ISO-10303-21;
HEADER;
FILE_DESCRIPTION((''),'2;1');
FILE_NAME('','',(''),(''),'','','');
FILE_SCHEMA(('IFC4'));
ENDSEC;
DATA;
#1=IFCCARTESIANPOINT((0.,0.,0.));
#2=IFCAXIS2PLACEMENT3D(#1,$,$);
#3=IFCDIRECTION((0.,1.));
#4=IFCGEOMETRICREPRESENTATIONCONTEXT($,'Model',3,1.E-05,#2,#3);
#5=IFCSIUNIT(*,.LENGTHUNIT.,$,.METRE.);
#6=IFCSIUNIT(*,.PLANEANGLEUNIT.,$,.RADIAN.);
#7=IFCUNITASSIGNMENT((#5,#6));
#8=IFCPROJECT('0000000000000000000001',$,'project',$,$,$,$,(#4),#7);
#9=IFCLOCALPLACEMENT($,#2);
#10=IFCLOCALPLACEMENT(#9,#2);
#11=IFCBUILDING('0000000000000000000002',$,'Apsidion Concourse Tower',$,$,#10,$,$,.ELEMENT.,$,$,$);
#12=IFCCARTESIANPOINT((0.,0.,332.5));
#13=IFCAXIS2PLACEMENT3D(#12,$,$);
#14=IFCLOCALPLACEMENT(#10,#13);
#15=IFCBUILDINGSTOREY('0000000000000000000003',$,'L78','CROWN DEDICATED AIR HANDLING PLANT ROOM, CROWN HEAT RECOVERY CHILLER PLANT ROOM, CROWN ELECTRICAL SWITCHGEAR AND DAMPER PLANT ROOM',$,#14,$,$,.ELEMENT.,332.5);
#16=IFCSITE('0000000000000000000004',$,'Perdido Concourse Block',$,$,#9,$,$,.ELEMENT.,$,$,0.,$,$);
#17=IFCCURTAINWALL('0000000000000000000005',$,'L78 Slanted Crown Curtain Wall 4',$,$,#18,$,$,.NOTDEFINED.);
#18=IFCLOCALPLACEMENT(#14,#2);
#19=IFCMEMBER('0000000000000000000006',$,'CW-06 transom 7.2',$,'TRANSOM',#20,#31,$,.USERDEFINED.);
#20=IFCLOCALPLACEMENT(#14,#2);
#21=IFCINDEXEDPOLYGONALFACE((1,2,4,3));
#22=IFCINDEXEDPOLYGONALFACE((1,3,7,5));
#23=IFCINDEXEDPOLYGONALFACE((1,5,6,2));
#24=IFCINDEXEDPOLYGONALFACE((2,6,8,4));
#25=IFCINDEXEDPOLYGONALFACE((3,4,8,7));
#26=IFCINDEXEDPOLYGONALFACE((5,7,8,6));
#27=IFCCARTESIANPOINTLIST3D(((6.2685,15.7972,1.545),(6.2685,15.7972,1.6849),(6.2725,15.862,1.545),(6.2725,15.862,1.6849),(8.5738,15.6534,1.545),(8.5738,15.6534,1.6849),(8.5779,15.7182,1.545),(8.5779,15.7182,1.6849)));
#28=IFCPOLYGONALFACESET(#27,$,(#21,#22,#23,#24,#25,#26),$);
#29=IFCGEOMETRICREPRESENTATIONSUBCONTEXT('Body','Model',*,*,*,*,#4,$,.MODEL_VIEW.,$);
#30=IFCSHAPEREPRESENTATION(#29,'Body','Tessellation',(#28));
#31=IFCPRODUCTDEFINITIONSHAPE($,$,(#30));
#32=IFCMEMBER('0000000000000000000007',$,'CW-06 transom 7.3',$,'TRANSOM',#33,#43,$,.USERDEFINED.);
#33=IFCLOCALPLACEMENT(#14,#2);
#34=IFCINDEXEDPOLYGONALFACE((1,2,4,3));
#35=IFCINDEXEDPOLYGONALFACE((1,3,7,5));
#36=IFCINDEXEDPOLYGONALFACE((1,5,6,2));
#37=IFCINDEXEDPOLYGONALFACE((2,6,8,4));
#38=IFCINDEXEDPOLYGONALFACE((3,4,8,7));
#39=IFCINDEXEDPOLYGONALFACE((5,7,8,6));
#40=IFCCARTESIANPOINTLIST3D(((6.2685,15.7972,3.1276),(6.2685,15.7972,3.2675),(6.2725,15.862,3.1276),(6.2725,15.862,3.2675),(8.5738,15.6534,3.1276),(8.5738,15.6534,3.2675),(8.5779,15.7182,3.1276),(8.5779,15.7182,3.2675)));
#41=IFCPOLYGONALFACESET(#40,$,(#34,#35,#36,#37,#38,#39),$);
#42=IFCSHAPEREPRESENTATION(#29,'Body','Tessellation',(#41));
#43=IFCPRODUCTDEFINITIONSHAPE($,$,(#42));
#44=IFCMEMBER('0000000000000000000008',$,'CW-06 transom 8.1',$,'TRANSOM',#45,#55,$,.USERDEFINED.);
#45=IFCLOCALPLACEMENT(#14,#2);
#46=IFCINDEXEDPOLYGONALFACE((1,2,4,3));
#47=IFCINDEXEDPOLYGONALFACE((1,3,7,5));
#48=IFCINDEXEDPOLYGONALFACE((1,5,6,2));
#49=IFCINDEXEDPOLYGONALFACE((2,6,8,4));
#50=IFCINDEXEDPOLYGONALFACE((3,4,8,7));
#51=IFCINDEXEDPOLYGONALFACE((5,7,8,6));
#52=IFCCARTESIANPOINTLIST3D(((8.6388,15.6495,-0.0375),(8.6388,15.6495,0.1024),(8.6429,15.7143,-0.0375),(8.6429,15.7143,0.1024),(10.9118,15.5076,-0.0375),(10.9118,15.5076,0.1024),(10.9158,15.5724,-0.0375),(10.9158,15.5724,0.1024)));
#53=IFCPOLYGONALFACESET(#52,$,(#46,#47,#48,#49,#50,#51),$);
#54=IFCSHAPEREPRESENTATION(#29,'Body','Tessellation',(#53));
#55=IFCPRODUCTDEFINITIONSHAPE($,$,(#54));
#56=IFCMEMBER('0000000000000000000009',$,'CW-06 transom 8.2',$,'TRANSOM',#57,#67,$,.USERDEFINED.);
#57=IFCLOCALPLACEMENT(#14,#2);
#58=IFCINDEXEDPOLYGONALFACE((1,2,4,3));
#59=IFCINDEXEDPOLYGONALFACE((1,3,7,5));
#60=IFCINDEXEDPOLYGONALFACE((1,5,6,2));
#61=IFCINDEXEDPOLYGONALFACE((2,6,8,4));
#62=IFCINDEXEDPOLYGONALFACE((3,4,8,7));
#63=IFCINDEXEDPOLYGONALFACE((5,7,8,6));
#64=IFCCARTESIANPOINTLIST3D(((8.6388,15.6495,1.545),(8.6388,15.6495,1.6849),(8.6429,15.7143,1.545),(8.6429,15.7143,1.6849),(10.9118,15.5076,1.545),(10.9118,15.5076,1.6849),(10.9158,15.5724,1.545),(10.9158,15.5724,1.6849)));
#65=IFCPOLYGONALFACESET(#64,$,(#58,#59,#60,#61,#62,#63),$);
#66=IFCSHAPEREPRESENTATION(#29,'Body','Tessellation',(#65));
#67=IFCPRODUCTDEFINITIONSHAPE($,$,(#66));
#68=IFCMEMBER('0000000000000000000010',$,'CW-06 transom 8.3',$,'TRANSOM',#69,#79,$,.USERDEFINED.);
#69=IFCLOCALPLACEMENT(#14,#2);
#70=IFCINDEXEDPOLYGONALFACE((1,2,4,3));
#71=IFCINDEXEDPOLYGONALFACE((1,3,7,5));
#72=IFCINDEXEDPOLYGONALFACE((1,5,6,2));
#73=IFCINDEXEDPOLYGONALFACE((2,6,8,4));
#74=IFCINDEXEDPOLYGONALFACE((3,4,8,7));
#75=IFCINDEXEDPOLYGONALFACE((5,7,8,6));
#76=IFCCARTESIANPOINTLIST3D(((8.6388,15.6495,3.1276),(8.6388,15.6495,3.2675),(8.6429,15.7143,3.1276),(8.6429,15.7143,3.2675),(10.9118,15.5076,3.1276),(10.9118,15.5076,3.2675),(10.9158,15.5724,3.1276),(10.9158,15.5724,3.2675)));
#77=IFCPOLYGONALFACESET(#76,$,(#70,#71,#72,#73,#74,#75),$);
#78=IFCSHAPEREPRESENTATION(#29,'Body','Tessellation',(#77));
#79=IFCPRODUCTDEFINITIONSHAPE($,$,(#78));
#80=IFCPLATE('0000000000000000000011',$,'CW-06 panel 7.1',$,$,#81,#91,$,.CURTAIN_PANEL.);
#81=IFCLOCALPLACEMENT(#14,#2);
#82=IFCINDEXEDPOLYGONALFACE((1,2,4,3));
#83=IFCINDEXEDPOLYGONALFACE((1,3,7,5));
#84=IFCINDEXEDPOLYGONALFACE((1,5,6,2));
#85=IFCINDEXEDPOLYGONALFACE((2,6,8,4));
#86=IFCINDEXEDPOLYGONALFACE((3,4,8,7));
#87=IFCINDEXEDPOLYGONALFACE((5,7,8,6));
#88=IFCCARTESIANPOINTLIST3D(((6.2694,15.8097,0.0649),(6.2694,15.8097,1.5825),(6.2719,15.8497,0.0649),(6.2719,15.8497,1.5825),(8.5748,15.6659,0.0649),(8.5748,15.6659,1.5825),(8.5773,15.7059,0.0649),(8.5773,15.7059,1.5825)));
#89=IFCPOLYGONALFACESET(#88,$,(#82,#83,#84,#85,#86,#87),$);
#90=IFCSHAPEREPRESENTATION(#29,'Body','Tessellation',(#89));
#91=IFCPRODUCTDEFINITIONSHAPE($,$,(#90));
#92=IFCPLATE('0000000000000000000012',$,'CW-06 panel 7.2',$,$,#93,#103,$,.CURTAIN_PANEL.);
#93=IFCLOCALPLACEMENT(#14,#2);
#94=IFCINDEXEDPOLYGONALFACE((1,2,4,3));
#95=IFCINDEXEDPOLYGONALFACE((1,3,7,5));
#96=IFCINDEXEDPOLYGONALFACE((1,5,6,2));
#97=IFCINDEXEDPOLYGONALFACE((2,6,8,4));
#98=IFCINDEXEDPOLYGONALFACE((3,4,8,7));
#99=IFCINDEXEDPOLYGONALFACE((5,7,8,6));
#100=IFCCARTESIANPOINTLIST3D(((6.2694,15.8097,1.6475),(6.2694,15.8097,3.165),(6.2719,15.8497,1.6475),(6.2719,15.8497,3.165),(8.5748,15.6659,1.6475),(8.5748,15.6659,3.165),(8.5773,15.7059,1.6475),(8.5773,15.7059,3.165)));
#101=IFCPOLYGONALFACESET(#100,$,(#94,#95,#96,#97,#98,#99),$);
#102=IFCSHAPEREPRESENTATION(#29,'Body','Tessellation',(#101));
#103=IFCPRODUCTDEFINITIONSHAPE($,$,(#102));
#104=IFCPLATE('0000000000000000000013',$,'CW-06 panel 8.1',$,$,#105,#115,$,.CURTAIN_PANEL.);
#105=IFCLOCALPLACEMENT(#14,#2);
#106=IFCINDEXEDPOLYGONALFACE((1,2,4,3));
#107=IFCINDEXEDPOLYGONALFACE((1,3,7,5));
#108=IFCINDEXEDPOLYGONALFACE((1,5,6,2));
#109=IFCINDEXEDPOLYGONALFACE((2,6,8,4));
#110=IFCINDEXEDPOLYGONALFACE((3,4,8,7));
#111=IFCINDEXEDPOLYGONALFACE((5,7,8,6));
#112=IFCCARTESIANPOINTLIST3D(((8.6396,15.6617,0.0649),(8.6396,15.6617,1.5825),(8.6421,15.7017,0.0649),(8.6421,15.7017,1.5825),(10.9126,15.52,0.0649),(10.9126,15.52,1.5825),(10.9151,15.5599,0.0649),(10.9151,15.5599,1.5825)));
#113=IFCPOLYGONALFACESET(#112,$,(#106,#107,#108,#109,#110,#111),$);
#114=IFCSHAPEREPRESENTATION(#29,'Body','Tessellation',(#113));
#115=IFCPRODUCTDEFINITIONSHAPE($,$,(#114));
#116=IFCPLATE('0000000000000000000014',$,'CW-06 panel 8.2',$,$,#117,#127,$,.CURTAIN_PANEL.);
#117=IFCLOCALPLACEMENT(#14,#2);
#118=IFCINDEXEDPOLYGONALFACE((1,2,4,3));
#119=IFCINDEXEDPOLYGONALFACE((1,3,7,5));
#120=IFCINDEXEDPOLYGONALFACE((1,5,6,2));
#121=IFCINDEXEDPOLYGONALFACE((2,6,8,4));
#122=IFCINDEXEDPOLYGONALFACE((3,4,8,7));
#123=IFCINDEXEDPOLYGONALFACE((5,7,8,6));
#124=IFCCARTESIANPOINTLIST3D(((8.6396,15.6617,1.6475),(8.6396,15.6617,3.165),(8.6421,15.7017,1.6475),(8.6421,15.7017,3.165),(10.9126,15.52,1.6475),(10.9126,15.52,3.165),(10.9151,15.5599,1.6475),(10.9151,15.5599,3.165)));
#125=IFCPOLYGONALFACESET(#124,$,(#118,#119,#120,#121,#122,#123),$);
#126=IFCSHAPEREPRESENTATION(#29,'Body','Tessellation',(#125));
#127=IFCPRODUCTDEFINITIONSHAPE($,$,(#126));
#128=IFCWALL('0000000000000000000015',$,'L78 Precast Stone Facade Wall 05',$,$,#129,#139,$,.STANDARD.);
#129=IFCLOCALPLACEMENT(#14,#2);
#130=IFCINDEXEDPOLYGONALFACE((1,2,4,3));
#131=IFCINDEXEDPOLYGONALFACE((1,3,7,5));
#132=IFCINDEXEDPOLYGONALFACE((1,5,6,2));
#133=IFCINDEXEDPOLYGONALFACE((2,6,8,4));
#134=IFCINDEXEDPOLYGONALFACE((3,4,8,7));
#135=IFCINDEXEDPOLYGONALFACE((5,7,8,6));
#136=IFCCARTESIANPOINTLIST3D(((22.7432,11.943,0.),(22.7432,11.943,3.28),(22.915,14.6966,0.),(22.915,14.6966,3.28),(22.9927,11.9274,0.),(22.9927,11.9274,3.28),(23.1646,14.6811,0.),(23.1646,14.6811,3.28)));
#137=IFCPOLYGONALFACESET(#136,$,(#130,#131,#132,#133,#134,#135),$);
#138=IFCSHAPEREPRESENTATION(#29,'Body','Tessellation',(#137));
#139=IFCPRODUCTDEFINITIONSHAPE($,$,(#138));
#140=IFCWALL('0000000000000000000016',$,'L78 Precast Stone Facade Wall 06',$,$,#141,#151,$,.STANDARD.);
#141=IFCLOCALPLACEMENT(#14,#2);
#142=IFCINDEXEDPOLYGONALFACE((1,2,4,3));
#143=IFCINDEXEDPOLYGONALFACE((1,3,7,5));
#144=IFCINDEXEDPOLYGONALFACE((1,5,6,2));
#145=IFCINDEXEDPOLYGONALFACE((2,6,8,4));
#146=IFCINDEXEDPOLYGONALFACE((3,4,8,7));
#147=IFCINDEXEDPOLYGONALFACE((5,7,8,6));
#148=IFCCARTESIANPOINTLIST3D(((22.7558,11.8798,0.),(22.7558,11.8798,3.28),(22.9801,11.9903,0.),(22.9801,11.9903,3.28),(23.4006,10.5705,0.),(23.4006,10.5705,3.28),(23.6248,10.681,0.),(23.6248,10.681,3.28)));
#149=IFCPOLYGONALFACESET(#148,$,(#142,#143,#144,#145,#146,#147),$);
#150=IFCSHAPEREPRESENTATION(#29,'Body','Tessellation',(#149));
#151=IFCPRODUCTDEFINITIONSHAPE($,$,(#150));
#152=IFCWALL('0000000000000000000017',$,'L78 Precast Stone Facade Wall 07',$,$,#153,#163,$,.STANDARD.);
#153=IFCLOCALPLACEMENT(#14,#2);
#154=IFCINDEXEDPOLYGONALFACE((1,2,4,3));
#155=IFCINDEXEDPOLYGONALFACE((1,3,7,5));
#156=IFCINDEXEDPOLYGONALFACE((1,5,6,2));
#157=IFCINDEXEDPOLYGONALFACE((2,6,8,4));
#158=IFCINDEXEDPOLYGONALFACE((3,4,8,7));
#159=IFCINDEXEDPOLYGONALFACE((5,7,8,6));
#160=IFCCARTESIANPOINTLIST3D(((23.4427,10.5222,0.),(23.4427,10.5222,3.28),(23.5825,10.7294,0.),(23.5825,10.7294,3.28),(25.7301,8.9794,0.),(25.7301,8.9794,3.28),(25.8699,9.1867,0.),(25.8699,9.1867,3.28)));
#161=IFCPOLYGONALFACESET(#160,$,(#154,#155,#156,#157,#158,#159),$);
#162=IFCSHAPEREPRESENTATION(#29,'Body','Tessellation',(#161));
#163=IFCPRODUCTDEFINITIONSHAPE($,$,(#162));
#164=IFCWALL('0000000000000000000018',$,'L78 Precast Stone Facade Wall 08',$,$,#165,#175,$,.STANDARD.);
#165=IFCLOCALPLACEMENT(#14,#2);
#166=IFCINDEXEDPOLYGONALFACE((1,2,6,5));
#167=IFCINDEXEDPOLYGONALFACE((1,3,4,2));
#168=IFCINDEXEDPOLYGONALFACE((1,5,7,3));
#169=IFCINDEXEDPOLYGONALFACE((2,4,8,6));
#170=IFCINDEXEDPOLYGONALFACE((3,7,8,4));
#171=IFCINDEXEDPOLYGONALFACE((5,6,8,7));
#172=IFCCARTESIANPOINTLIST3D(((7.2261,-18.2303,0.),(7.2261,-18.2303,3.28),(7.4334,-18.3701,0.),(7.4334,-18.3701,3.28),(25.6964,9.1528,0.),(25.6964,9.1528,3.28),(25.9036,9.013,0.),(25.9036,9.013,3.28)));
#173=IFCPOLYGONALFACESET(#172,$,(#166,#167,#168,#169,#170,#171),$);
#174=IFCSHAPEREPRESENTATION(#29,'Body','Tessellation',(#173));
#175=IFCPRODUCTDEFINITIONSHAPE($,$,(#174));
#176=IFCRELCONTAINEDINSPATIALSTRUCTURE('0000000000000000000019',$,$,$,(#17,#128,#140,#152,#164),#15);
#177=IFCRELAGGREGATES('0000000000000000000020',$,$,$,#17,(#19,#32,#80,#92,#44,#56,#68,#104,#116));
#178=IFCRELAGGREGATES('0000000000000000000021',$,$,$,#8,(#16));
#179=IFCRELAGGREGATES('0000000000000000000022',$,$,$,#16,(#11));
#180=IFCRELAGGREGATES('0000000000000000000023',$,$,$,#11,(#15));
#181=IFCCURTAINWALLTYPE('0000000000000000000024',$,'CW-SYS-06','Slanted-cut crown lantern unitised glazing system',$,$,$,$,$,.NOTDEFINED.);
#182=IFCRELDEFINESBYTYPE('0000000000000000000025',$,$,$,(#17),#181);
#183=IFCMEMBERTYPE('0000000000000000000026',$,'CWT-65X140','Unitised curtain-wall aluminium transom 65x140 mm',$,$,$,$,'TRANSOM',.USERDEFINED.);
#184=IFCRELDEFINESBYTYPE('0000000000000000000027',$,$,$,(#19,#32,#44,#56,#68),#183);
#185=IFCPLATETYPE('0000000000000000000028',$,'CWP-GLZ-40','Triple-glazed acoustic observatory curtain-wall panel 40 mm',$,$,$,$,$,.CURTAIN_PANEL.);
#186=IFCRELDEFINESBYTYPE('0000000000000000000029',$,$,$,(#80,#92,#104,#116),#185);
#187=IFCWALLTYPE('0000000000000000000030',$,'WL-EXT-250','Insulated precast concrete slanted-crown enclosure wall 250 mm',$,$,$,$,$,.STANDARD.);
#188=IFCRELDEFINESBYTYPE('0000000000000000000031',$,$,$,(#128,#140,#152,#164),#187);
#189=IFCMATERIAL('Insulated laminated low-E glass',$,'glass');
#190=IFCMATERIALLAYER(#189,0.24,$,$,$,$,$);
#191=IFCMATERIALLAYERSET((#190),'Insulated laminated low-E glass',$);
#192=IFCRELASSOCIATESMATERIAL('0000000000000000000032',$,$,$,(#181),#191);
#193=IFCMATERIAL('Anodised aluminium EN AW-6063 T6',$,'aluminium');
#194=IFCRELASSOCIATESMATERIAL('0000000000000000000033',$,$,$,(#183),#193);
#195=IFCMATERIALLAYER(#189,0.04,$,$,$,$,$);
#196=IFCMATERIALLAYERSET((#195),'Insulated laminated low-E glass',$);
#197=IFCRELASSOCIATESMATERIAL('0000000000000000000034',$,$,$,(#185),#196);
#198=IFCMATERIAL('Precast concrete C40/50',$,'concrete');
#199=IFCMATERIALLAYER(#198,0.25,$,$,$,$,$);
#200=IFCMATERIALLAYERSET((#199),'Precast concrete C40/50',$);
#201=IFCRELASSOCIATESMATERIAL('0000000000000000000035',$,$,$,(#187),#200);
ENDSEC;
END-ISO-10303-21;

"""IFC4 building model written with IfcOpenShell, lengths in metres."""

from ifc_helpers import new_model, si_unit, direction, frame, frame_2d, origin, origin_2d, place, context, subcontext, project, spatial, rectangle, extrude, material, layer, layer_set, material_profile, profile_set, type_object, element, aggregate, save


model = new_model("IFC4")

# Units and contexts
model_context = context("Model", 3, precision=1e-05, world=origin(), true_north=direction((0.0, 1.0)))
body_context = subcontext(model_context, "Body", "Model", "MODEL_VIEW")
ifc_project = project(units=[si_unit("LENGTHUNIT", "METRE"), si_unit("PLANEANGLEUNIT", "RADIAN")], contexts=[model_context])

# Site, building, storey
site_placement = place(None, origin())
site = spatial("IfcSite", under=ifc_project, at=site_placement, Name="Perdido Concourse Block", CompositionType="ELEMENT", RefElevation=0.0)
building_placement = place(site_placement, origin())
building = spatial("IfcBuilding", under=site, at=building_placement, Name="Apsidion Concourse Tower", CompositionType="ELEMENT")
storey_placement = place(building_placement, frame((0.0, 0.0, 332.5)))
storey = spatial("IfcBuildingStorey", under=building, at=storey_placement, Name="L78", Description="CROWN DEDICATED AIR HANDLING PLANT ROOM, CROWN HEAT RECOVERY CHILLER PLANT ROOM, CROWN ELECTRICAL SWITCHGEAR AND DAMPER PLANT ROOM", CompositionType="ELEMENT", Elevation=332.5)

# Curtain wall, members, plates
ifc_material_1 = material(Name="Insulated laminated low-E glass", Category="glass")
ifc_layer_1 = layer(ifc_material_1, 0.24)
ifc_layer_set_1 = layer_set([ifc_layer_1], Name="Insulated laminated low-E glass")
curtain_wall_type = type_object("IfcCurtainWallType", Name="CW-SYS-06", Description="Slanted-cut crown lantern unitised glazing system", PredefinedType="NOTDEFINED", material=ifc_layer_set_1)
curtain_wall_placement = place(storey_placement, origin())
curtain_wall = element("IfcCurtainWall", 1, at=curtain_wall_placement, inside=storey, type_object=curtain_wall_type, Name="L78 Slanted Crown Curtain Wall 4", PredefinedType="NOTDEFINED")
ifc_material_2 = material(Name="Anodised aluminium EN AW-6063 T6", Category="aluminium")
ifc_material_profile_1 = material_profile(ifc_material_2, rectangle(XDim=0.0649, YDim=0.1399, at=origin_2d()), Name="ALU TRANSOM 65x140")
ifc_profile_set_1 = profile_set([ifc_material_profile_1], Name="Anodised aluminium EN AW-6063 T6")
member_type_1 = type_object("IfcMemberType", Name="CWT-65X140", Description="Unitised curtain-wall aluminium transom 65x140 mm", ElementType="TRANSOM", PredefinedType="USERDEFINED", material=ifc_profile_set_1)
member_1_placement = place(storey_placement, frame((6.2705, 15.8296, 1.615), z_axis=(0.99806, -0.062253, 0.0), x_axis=(0.062253, 0.99806, 0.0)))
member_1 = element("IfcMember", 2, at=member_1_placement, type_object=member_type_1, Name="CW-06 transom 7.2", ObjectType="TRANSOM", PredefinedType="USERDEFINED", context=body_context, shape_type="SweptSolid", body=[
    extrude(rectangle(XDim=0.0649, YDim=0.1399, at=origin_2d()), origin(), (0.0, 0.0, 1.0), 2.3098),
])
member_2_placement = place(storey_placement, frame((6.2705, 15.8296, 3.1975), z_axis=(0.99806, -0.062253, 0.0), x_axis=(0.062253, 0.99806, 0.0)))
member_2 = element("IfcMember", 3, at=member_2_placement, type_object=member_type_1, Name="CW-06 transom 7.3", ObjectType="TRANSOM", PredefinedType="USERDEFINED", context=body_context, shape_type="SweptSolid", body=[
    extrude(rectangle(XDim=0.0649, YDim=0.1399, at=origin_2d()), origin(), (0.0, 0.0, 1.0), 2.3098),
])
member_3_placement = place(storey_placement, frame((8.6409, 15.6819, 0.0325), z_axis=(0.998058, -0.062285, 0.0), x_axis=(0.062285, 0.998058, 0.0)))
member_3 = element("IfcMember", 4, at=member_3_placement, type_object=member_type_1, Name="CW-06 transom 8.1", ObjectType="TRANSOM", PredefinedType="USERDEFINED", context=body_context, shape_type="SweptSolid", body=[
    extrude(rectangle(XDim=0.0649, YDim=0.1399, at=origin_2d()), origin(), (0.0, 0.0, 1.0), 2.2773),
])
member_4_placement = place(storey_placement, frame((8.6409, 15.6819, 1.615), z_axis=(0.998058, -0.062285, 0.0), x_axis=(0.062285, 0.998058, 0.0)))
member_4 = element("IfcMember", 5, at=member_4_placement, type_object=member_type_1, Name="CW-06 transom 8.2", ObjectType="TRANSOM", PredefinedType="USERDEFINED", context=body_context, shape_type="SweptSolid", body=[
    extrude(rectangle(XDim=0.0649, YDim=0.1399, at=origin_2d()), origin(), (0.0, 0.0, 1.0), 2.2773),
])
member_5_placement = place(storey_placement, frame((8.6409, 15.6819, 3.1975), z_axis=(0.998058, -0.062285, 0.0), x_axis=(0.062285, 0.998058, 0.0)))
member_5 = element("IfcMember", 6, at=member_5_placement, type_object=member_type_1, Name="CW-06 transom 8.3", ObjectType="TRANSOM", PredefinedType="USERDEFINED", context=body_context, shape_type="SweptSolid", body=[
    extrude(rectangle(XDim=0.0649, YDim=0.1399, at=origin_2d()), origin(), (0.0, 0.0, 1.0), 2.2773),
])
ifc_layer_2 = layer(ifc_material_1, 0.04)
ifc_layer_set_2 = layer_set([ifc_layer_2], Name="Insulated laminated low-E glass")
plate_type = type_object("IfcPlateType", Name="CWP-GLZ-40", Description="Triple-glazed acoustic observatory curtain-wall panel 40 mm", PredefinedType="CURTAIN_PANEL", material=ifc_layer_set_2)
plate_1_placement = place(storey_placement, frame((7.4233, 15.7578, 0.0649), z_axis=(0.0, 0.0, 1.0), x_axis=(0.998061, -0.062245, 0.0)))
plate_1 = element("IfcPlate", 7, at=plate_1_placement, type_object=plate_type, Name="CW-06 panel 7.1", PredefinedType="CURTAIN_PANEL", context=body_context, shape_type="SweptSolid", body=[
    extrude(rectangle(XDim=2.3098, YDim=0.04, at=origin_2d()), origin(), (0.0, 0.0, 1.0), 1.5176),
])
plate_2_placement = place(storey_placement, frame((7.4233, 15.7578, 1.6475), z_axis=(0.0, 0.0, 1.0), x_axis=(0.998061, -0.062245, 0.0)))
plate_2 = element("IfcPlate", 8, at=plate_2_placement, type_object=plate_type, Name="CW-06 panel 7.2", PredefinedType="CURTAIN_PANEL", context=body_context, shape_type="SweptSolid", body=[
    extrude(rectangle(XDim=2.3098, YDim=0.04, at=origin_2d()), origin(), (0.0, 0.0, 1.0), 1.5176),
])
plate_3_placement = place(storey_placement, frame((9.7773, 15.6108, 0.0649), z_axis=(0.0, 0.0, 1.0), x_axis=(0.998061, -0.062245, 0.0)))
plate_3 = element("IfcPlate", 9, at=plate_3_placement, type_object=plate_type, Name="CW-06 panel 8.1", PredefinedType="CURTAIN_PANEL", context=body_context, shape_type="SweptSolid", body=[
    extrude(rectangle(XDim=2.2773, YDim=0.04, at=origin_2d()), origin(), (0.0, 0.0, 1.0), 1.5176),
])
plate_4_placement = place(storey_placement, frame((9.7773, 15.6108, 1.6475), z_axis=(0.0, 0.0, 1.0), x_axis=(0.998061, -0.062245, 0.0)))
plate_4 = element("IfcPlate", 10, at=plate_4_placement, type_object=plate_type, Name="CW-06 panel 8.2", PredefinedType="CURTAIN_PANEL", context=body_context, shape_type="SweptSolid", body=[
    extrude(rectangle(XDim=2.2773, YDim=0.04, at=origin_2d()), origin(), (0.0, 0.0, 1.0), 1.5176),
])
aggregate(curtain_wall, [member_1, member_2, plate_1, plate_2, member_3, member_4, member_5, plate_3, plate_4])

# Walls
ifc_material_3 = material(Name="Precast concrete C40/50", Category="concrete")
ifc_layer_3 = layer(ifc_material_3, 0.25)
ifc_layer_set_3 = layer_set([ifc_layer_3], Name="Precast concrete C40/50")
wall_type_1 = type_object("IfcWallType", Name="WL-EXT-250", Description="Insulated precast concrete slanted-crown enclosure wall 250 mm", PredefinedType="STANDARD", material=ifc_layer_set_3)
wall_1_placement = place(storey_placement, frame((23.0398, 14.6887, 0.0), z_axis=(0.0, 0.0, 1.0), x_axis=(-0.062296, -0.998058, 0.0)))
element("IfcWall", 11, at=wall_1_placement, inside=storey, type_object=wall_type_1, Name="L78 Precast Stone Facade Wall 05", PredefinedType="STANDARD", context=body_context, shape_type="SweptSolid", body=[
    extrude(rectangle(XDim=2.759, YDim=0.25, at=frame_2d((1.3794, 0.0))), origin(), (0.0, 0.0, 1.0), 3.28),
])
wall_2_placement = place(storey_placement, frame((22.8679, 11.9351, 0.0), z_axis=(0.0, 0.0, 1.0), x_axis=(0.441786, -0.897121, 0.0)))
element("IfcWall", 12, at=wall_2_placement, inside=storey, type_object=wall_type_1, Name="L78 Precast Stone Facade Wall 06", PredefinedType="STANDARD", context=body_context, shape_type="SweptSolid", body=[
    extrude(rectangle(XDim=1.4595, YDim=0.25, at=frame_2d((0.7297, 0.0))), origin(), (0.0, 0.0, 1.0), 3.28),
])
wall_3_placement = place(storey_placement, frame((23.5127, 10.6257, 0.0), z_axis=(0.0, 0.0, 1.0), x_axis=(0.829057, -0.559164, 0.0)))
element("IfcWall", 13, at=wall_3_placement, inside=storey, type_object=wall_type_1, Name="L78 Precast Stone Facade Wall 07", PredefinedType="STANDARD", context=body_context, shape_type="SweptSolid", body=[
    extrude(rectangle(XDim=2.759, YDim=0.25, at=frame_2d((1.3794, 0.0))), origin(), (0.0, 0.0, 1.0), 3.28),
])
wall_4_placement = place(storey_placement, frame((25.8, 9.083, 0.0), z_axis=(0.0, 0.0, 1.0), x_axis=(-0.559195, -0.829036, 0.0)))
element("IfcWall", 14, at=wall_4_placement, inside=storey, type_object=wall_type_1, Name="L78 Precast Stone Facade Wall 08", PredefinedType="STANDARD", context=body_context, shape_type="SweptSolid", body=[
    extrude(rectangle(XDim=33.03, YDim=0.25, at=frame_2d((16.5151, 0.0))), origin(), (0.0, 0.0, 1.0), 3.28),
])

save(model, "model.ifc")
